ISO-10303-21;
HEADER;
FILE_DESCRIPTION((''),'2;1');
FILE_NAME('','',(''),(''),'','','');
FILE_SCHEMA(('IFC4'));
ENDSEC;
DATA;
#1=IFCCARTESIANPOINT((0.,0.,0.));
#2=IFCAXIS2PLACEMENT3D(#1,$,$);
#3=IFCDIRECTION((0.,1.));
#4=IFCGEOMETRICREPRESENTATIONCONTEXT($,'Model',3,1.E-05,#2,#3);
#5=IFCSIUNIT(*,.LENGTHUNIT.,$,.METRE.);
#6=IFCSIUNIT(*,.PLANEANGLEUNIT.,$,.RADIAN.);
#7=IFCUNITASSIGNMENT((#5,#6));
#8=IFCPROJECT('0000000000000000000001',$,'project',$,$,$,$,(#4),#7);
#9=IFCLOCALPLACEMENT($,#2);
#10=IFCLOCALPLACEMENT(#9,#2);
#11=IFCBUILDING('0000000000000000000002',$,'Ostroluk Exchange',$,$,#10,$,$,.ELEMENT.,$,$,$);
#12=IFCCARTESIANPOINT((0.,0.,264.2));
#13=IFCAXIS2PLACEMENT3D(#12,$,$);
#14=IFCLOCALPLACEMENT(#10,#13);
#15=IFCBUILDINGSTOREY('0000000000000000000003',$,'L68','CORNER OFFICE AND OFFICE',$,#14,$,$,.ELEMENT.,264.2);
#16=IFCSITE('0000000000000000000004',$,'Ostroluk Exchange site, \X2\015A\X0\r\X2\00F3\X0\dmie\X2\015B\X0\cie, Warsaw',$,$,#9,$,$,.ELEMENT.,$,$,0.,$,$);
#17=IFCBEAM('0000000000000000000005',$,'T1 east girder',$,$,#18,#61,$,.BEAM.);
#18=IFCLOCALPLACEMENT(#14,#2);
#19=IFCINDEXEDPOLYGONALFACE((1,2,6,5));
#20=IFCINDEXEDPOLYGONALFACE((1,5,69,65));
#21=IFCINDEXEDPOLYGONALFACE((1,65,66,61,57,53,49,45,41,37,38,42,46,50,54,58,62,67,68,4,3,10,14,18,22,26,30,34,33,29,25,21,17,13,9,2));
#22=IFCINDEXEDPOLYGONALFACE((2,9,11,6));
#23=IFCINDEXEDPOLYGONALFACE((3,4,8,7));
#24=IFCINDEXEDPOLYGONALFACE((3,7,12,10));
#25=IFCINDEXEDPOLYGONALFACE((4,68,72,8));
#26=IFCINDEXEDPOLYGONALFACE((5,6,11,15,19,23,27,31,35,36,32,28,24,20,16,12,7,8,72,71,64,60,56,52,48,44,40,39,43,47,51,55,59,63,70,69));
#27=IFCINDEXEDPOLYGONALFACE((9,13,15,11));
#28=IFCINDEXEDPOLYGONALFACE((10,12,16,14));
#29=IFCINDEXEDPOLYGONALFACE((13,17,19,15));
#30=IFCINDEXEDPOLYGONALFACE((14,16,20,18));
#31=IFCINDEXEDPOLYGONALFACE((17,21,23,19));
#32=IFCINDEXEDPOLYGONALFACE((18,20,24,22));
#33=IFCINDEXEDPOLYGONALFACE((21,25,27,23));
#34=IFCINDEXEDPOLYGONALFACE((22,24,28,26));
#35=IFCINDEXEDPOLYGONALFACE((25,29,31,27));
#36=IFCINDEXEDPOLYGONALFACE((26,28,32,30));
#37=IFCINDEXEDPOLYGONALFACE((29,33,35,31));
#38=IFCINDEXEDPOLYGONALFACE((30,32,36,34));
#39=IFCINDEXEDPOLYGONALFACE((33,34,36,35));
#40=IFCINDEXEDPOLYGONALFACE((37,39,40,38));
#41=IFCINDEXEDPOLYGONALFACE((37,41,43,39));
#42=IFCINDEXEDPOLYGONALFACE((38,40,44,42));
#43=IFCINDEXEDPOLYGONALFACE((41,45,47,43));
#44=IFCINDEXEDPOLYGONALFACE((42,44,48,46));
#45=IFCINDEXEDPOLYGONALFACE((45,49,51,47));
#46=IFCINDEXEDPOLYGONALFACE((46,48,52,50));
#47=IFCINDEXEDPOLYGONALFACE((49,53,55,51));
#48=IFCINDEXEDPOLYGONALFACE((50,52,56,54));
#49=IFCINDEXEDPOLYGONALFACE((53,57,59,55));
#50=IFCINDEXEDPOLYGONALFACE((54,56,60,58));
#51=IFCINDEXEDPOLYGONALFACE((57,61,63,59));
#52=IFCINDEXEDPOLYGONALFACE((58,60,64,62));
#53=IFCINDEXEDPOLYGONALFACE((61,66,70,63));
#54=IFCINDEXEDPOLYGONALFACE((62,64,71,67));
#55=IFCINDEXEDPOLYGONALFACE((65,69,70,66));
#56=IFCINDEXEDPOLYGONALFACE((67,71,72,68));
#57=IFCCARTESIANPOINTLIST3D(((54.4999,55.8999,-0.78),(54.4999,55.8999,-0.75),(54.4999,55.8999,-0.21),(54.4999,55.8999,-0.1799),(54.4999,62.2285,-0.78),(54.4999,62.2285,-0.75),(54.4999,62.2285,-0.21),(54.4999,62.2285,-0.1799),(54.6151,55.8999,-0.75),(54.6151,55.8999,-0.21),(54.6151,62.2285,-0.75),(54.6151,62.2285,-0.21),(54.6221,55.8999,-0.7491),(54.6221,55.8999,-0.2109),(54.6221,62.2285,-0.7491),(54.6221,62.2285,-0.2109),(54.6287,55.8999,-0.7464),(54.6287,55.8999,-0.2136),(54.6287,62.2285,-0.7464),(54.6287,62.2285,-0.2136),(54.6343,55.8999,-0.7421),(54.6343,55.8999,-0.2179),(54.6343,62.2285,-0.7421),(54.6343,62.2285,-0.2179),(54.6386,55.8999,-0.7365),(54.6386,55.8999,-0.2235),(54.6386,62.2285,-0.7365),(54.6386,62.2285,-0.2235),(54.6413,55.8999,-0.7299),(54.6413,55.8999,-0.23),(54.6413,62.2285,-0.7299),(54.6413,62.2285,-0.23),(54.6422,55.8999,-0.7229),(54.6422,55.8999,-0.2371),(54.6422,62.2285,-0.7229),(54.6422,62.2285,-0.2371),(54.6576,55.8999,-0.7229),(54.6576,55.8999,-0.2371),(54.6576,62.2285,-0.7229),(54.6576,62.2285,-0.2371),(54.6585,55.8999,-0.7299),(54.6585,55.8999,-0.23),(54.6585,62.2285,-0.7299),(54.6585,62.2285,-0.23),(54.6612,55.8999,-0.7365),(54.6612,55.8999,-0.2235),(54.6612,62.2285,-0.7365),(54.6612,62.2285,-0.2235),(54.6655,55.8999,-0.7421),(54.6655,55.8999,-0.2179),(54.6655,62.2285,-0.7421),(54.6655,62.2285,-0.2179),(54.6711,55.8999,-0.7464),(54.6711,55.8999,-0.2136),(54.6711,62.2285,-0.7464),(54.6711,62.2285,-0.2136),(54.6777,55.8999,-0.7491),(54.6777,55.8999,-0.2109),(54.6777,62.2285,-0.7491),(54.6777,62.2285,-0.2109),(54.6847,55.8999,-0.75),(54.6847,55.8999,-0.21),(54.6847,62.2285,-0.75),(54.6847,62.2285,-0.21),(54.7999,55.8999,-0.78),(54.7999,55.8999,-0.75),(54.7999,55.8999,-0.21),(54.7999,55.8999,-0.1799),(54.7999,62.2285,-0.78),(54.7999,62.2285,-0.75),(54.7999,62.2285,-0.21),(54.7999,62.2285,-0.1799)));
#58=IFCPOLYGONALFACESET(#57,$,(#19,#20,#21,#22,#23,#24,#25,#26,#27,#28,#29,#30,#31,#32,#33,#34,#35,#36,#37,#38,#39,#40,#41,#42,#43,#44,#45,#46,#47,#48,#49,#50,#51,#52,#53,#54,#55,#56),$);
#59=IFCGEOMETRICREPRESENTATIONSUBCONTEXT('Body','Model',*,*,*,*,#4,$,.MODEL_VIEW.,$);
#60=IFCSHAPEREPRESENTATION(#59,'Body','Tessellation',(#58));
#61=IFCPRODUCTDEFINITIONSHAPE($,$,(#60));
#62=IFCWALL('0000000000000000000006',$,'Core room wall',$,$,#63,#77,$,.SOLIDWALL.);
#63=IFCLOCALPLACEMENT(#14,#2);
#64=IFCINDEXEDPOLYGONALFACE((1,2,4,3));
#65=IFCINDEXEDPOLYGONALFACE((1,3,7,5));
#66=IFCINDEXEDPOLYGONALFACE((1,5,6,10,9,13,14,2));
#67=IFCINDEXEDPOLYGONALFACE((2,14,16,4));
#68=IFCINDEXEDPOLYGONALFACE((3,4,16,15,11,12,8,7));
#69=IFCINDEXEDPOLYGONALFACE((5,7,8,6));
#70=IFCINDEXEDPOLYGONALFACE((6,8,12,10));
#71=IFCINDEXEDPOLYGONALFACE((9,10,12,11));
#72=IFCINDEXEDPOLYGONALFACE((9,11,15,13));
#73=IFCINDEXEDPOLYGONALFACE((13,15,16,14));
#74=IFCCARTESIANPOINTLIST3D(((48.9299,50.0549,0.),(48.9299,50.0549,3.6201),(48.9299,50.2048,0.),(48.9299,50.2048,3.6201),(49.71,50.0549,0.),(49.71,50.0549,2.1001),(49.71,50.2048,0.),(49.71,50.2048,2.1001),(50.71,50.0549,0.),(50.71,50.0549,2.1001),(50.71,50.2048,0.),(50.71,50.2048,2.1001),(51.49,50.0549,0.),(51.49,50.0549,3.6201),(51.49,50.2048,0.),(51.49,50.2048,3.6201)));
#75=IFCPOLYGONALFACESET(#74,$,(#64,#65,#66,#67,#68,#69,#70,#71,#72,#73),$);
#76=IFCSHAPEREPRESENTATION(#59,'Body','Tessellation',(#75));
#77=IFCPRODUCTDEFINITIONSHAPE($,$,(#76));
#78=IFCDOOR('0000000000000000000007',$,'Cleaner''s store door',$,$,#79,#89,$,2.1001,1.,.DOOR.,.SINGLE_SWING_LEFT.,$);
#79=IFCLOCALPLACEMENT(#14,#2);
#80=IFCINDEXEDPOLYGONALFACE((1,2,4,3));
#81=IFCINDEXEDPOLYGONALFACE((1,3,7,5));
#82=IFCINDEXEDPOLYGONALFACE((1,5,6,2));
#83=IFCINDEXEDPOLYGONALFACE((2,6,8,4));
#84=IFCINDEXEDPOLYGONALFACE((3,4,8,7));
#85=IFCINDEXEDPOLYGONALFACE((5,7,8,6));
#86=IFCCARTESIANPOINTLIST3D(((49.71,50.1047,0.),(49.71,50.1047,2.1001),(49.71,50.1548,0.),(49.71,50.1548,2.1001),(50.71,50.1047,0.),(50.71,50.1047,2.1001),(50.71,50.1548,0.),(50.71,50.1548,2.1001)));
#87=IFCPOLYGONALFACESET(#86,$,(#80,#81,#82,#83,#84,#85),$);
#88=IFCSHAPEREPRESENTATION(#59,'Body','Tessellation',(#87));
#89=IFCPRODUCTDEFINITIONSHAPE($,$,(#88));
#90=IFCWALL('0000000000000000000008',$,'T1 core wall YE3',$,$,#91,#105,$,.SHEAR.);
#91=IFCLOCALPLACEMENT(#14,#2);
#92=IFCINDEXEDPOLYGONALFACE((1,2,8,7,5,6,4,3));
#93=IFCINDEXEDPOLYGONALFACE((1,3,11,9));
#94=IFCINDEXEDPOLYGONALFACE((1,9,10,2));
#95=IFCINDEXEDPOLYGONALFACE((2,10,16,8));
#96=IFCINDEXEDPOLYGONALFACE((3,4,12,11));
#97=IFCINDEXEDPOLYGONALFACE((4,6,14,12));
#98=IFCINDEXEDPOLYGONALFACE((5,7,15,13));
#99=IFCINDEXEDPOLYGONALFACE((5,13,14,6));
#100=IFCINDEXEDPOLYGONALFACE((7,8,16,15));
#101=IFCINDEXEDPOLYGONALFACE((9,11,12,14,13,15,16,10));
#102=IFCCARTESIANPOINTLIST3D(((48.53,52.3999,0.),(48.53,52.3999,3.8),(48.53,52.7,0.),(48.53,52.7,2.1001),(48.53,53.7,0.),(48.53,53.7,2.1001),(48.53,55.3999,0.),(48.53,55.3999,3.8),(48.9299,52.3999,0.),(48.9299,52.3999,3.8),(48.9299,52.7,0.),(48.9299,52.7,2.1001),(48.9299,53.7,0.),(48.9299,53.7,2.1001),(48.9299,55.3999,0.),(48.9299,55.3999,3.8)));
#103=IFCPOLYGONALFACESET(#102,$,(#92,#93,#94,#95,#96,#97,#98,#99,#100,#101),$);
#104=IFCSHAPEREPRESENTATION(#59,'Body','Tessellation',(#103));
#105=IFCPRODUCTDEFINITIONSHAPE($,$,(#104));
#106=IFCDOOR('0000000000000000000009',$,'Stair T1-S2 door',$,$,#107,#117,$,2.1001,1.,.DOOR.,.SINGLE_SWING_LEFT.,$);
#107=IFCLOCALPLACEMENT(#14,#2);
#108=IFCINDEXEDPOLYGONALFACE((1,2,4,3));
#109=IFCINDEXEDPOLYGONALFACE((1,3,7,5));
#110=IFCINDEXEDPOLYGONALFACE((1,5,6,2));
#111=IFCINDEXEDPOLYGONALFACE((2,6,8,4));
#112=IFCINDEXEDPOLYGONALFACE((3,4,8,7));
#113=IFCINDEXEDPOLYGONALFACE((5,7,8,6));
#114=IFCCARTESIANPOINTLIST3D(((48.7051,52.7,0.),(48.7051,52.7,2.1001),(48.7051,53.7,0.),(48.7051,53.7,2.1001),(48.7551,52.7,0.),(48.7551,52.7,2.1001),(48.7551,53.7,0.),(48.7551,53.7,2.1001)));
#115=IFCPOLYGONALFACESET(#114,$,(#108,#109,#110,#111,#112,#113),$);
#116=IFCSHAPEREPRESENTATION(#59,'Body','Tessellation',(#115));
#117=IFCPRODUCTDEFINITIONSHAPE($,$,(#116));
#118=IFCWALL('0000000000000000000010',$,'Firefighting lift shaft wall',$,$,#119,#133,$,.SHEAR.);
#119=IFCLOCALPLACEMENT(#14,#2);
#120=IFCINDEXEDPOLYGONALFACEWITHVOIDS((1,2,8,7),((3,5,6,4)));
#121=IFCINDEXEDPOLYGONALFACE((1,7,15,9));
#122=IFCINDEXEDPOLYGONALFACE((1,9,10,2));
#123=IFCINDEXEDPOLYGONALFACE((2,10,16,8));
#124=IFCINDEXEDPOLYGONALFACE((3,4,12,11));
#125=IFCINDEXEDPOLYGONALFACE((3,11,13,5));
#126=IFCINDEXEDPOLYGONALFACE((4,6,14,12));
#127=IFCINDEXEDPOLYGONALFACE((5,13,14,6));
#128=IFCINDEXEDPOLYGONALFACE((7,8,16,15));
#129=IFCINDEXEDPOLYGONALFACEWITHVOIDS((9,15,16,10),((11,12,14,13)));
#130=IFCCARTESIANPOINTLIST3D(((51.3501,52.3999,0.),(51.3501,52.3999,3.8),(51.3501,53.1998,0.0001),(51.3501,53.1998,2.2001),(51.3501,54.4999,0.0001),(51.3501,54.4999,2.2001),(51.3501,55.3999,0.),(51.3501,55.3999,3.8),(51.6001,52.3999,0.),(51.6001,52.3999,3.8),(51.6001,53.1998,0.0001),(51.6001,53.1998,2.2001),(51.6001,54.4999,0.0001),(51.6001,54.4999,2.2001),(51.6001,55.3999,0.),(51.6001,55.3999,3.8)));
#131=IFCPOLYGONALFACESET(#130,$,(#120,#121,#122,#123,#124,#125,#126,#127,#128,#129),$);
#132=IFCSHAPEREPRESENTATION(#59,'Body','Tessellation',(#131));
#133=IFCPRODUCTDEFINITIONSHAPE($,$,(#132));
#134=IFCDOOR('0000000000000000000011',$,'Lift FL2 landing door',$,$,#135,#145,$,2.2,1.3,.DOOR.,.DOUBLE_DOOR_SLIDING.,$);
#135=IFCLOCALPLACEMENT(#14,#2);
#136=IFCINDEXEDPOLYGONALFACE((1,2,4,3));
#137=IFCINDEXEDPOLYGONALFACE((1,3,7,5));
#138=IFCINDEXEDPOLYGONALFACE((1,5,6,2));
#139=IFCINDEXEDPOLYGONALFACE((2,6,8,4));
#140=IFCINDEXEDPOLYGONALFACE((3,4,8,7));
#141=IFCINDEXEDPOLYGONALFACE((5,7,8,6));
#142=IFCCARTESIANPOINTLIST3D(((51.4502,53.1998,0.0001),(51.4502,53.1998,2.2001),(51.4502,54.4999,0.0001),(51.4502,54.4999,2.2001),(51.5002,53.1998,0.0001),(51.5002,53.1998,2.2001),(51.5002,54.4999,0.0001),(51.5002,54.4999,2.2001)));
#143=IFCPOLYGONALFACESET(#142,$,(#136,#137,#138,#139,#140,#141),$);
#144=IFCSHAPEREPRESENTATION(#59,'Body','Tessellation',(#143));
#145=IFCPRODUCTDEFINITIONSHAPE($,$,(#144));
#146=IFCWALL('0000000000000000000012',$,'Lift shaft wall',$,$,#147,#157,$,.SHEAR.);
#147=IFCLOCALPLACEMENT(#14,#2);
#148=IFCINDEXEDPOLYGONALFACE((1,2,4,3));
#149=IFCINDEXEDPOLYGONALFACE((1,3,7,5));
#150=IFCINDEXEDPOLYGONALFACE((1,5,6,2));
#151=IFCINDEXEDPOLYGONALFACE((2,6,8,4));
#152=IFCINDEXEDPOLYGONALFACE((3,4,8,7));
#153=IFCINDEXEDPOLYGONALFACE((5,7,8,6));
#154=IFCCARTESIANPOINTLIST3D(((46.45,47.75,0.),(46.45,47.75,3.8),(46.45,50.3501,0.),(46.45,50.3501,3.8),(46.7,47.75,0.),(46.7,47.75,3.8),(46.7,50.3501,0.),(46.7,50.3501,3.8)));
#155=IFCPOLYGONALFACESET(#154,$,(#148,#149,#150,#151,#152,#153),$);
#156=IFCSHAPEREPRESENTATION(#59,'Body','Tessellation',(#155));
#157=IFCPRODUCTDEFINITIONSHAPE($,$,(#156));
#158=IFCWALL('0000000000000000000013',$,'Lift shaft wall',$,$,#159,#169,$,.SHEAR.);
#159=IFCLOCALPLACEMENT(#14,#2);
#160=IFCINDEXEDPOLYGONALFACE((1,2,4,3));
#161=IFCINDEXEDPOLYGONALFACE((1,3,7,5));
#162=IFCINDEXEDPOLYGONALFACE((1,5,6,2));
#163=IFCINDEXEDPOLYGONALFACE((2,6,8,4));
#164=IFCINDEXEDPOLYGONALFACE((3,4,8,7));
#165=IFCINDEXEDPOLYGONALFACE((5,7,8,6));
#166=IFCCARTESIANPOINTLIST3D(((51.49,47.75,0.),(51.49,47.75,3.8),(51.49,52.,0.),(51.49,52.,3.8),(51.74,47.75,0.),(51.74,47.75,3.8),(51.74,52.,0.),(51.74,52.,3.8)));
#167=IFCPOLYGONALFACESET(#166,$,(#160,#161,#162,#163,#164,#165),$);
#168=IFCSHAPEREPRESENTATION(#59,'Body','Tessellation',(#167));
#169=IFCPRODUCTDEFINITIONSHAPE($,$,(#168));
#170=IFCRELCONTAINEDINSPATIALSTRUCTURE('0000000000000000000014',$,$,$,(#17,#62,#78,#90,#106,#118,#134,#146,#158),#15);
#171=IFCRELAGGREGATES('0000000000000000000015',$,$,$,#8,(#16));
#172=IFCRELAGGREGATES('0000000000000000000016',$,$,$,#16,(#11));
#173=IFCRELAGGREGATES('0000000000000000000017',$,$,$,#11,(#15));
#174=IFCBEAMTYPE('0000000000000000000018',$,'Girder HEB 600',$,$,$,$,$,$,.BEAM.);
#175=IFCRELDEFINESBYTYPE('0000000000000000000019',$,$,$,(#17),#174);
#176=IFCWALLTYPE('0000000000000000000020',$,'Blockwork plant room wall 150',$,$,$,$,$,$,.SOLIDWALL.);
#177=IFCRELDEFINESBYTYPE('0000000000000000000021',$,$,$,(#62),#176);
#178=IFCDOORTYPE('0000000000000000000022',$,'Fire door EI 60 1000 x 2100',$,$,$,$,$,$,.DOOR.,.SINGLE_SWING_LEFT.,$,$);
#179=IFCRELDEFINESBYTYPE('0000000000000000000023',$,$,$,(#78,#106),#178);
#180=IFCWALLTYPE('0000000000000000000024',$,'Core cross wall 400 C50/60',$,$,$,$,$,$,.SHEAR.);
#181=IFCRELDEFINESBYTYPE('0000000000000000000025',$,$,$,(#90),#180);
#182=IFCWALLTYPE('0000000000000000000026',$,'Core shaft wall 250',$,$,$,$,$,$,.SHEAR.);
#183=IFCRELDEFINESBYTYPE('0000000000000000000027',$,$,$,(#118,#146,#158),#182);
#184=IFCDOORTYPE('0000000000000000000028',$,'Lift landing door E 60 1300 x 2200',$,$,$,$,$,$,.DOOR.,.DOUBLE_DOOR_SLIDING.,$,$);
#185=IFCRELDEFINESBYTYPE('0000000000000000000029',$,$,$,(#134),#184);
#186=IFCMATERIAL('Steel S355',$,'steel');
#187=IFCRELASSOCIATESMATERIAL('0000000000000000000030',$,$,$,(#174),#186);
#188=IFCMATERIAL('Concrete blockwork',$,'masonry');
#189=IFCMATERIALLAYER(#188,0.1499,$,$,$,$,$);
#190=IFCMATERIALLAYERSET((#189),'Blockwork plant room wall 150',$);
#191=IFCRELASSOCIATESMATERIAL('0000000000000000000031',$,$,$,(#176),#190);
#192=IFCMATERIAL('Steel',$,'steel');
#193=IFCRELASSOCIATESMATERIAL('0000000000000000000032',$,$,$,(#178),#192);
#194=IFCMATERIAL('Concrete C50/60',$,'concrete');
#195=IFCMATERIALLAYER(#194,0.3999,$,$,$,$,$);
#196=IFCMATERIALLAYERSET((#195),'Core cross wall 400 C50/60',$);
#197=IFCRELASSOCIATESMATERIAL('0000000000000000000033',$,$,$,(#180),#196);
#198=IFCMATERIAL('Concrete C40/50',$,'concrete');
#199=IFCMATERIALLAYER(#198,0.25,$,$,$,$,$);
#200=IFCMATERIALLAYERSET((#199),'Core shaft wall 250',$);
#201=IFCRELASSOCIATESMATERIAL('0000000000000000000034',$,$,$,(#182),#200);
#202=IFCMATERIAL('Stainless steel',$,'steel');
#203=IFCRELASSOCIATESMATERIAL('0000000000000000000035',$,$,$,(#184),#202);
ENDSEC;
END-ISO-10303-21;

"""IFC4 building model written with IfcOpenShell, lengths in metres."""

from ifc_helpers import new_model, si_unit, direction, frame, frame_2d, origin, origin_2d, place, context, subcontext, project, spatial, rectangle, i_section, extrude, material, layer, layer_set, material_profile, profile_set, type_object, element, fill, save


model = new_model("IFC4")

# Units and contexts
model_context = context("Model", 3, precision=1e-05, world=origin(), true_north=direction((0.0, 1.0)))
body_context = subcontext(model_context, "Body", "Model", "MODEL_VIEW")
ifc_project = project(units=[si_unit("LENGTHUNIT", "METRE"), si_unit("PLANEANGLEUNIT", "RADIAN")], contexts=[model_context])

# Site, building, storey
site_placement = place(None, origin())
site = spatial("IfcSite", under=ifc_project, at=site_placement, Name="Ostroluk Exchange site, Śródmieście, Warsaw", CompositionType="ELEMENT", RefElevation=0.0)
building_placement = place(site_placement, origin())
building = spatial("IfcBuilding", under=site, at=building_placement, Name="Ostroluk Exchange", CompositionType="ELEMENT")
storey_placement = place(building_placement, frame((0.0, 0.0, 264.2)))
storey = spatial("IfcBuildingStorey", under=building, at=storey_placement, Name="L68", Description="CORNER OFFICE AND OFFICE", CompositionType="ELEMENT", Elevation=264.2)

# Beam
ifc_material_1 = material(Name="Steel S355", Category="steel")
ifc_material_profile_1 = material_profile(ifc_material_1, i_section(OverallWidth=0.3, OverallDepth=0.6001, WebThickness=0.0154, FlangeThickness=0.03, FilletRadius=0.0271, at=origin_2d()), Name="HEB 600")
ifc_profile_set_1 = profile_set([ifc_material_profile_1], Name="Steel S355")
beam_type_1 = type_object("IfcBeamType", Name="Girder HEB 600", PredefinedType="BEAM", material=ifc_profile_set_1)
beam_placement = place(storey_placement, frame((54.6499, 55.8999, -0.48), z_axis=(0.0, 1.0, 0.0), x_axis=(-1.0, 0.0, 0.0)))
element("IfcBeam", 1, at=beam_placement, inside=storey, type_object=beam_type_1, Name="T1 east girder", PredefinedType="BEAM", context=body_context, shape_type="SweptSolid", body=[
    extrude(i_section(OverallWidth=0.3, OverallDepth=0.6001, WebThickness=0.0154, FlangeThickness=0.03, FilletRadius=0.0271, at=origin_2d()), origin(), (0.0, 0.0, 1.0), 6.3286),
])

# Walls, openings, doors
ifc_material_2 = material(Name="Concrete blockwork", Category="masonry")
ifc_layer_1 = layer(ifc_material_2, 0.1499)
ifc_layer_set_1 = layer_set([ifc_layer_1], Name="Blockwork plant room wall 150")
wall_type_1 = type_object("IfcWallType", Name="Blockwork plant room wall 150", PredefinedType="SOLIDWALL", material=ifc_layer_set_1)
wall_1_placement = place(storey_placement, frame((48.9299, 50.1299, 0.0), z_axis=(0.0, 0.0, 1.0), x_axis=(1.0, 0.0, 0.0)))
wall_1 = element("IfcWall", 2, at=wall_1_placement, inside=storey, type_object=wall_type_1, Name="Core room wall", PredefinedType="SOLIDWALL", context=body_context, shape_type="SweptSolid", body=[
    extrude(rectangle(XDim=2.5601, YDim=0.1499, at=frame_2d((1.28, 0.0))), origin(), (0.0, 0.0, 1.0), 3.6201),
])
opening_1_placement = place(wall_1_placement, frame((0.78, 0.0, 0.0)))
opening_1 = element("IfcOpeningElement", 3, at=opening_1_placement, cuts=wall_1, PredefinedType="OPENING", context=body_context, shape_type="SweptSolid", body=[
    extrude(rectangle(XDim=1.0, YDim=2.1001, at=frame_2d((0.5, 1.05))), frame((0.0, 0.085, 0.0), z_axis=(0.0, -1.0, 0.0), x_axis=(1.0, 0.0, 0.0)), (0.0, 0.0, 1.0), 0.1699),
])
ifc_material_3 = material(Name="Steel", Category="steel")
door_type_1 = type_object("IfcDoorType", Name="Fire door EI 60 1000 x 2100", OperationType="SINGLE_SWING_LEFT", PredefinedType="DOOR", material=ifc_material_3)
door_1_placement = place(opening_1_placement, origin())
door_1 = element("IfcDoor", 4, at=door_1_placement, inside=storey, type_object=door_type_1, Name="Cleaner's store door", OperationType="SINGLE_SWING_LEFT", OverallHeight=2.1001, OverallWidth=1.0, PredefinedType="DOOR", context=body_context, shape_type="SweptSolid", body=[
    extrude(rectangle(XDim=1.0, YDim=2.1001, at=frame_2d((0.5, 1.05))), frame((0.0, 0.0249, 0.0), z_axis=(0.0, -1.0, 0.0), x_axis=(1.0, 0.0, 0.0)), (0.0, 0.0, 1.0), 0.05),
])
fill(opening_1, door_1)
ifc_material_4 = material(Name="Concrete C50/60", Category="concrete")
ifc_layer_2 = layer(ifc_material_4, 0.3999)
ifc_layer_set_2 = layer_set([ifc_layer_2], Name="Core cross wall 400 C50/60")
wall_type_2 = type_object("IfcWallType", Name="Core cross wall 400 C50/60", PredefinedType="SHEAR", material=ifc_layer_set_2)
wall_2_placement = place(storey_placement, frame((48.73, 52.3999, 0.0), z_axis=(0.0, 0.0, 1.0), x_axis=(0.0, 1.0, 0.0)))
wall_2 = element("IfcWall", 5, at=wall_2_placement, inside=storey, type_object=wall_type_2, Name="T1 core wall YE3", PredefinedType="SHEAR", context=body_context, shape_type="SweptSolid", body=[
    extrude(rectangle(XDim=3.0, YDim=0.3999, at=frame_2d((1.5, 0.0))), origin(), (0.0, 0.0, 1.0), 3.8),
])
opening_2_placement = place(wall_2_placement, frame((0.3, 0.0, 0.0)))
opening_2 = element("IfcOpeningElement", 6, at=opening_2_placement, cuts=wall_2, PredefinedType="OPENING", context=body_context, shape_type="SweptSolid", body=[
    extrude(rectangle(XDim=1.0, YDim=2.1001, at=frame_2d((0.5, 1.05))), frame((0.0, 0.21, 0.0), z_axis=(0.0, -1.0, 0.0), x_axis=(1.0, 0.0, 0.0)), (0.0, 0.0, 1.0), 0.4199),
])
door_2_placement = place(opening_2_placement, origin())
door_2 = element("IfcDoor", 7, at=door_2_placement, inside=storey, type_object=door_type_1, Name="Stair T1-S2 door", OperationType="SINGLE_SWING_LEFT", OverallHeight=2.1001, OverallWidth=1.0, PredefinedType="DOOR", context=body_context, shape_type="SweptSolid", body=[
    extrude(rectangle(XDim=1.0, YDim=2.1001, at=frame_2d((0.5, 1.05))), frame((0.0, 0.0249, 0.0), z_axis=(0.0, -1.0, 0.0), x_axis=(1.0, 0.0, 0.0)), (0.0, 0.0, 1.0), 0.05),
])
fill(opening_2, door_2)
ifc_material_5 = material(Name="Concrete C40/50", Category="concrete")
ifc_layer_3 = layer(ifc_material_5, 0.25)
ifc_layer_set_3 = layer_set([ifc_layer_3], Name="Core shaft wall 250")
wall_type_3 = type_object("IfcWallType", Name="Core shaft wall 250", PredefinedType="SHEAR", material=ifc_layer_set_3)
wall_3_placement = place(storey_placement, frame((51.4751, 52.3999, 0.0), z_axis=(0.0, 0.0, 1.0), x_axis=(0.0, 1.0, 0.0)))
wall_3 = element("IfcWall", 8, at=wall_3_placement, inside=storey, type_object=wall_type_3, Name="Firefighting lift shaft wall", PredefinedType="SHEAR", context=body_context, shape_type="SweptSolid", body=[
    extrude(rectangle(XDim=3.0, YDim=0.25, at=frame_2d((1.5, 0.0))), origin(), (0.0, 0.0, 1.0), 3.8),
])
opening_3_placement = place(wall_3_placement, frame((0.8, 0.0, 0.0)))
opening_3 = element("IfcOpeningElement", 9, at=opening_3_placement, cuts=wall_3, PredefinedType="OPENING", context=body_context, shape_type="SweptSolid", body=[
    extrude(rectangle(XDim=1.3, YDim=2.2, at=frame_2d((0.6499, 1.1001))), frame((0.0, 0.135, 0.0), z_axis=(0.0, -1.0, 0.0), x_axis=(1.0, 0.0, 0.0)), (0.0, 0.0, 1.0), 0.27),
])
ifc_material_6 = material(Name="Stainless steel", Category="steel")
door_type_2 = type_object("IfcDoorType", Name="Lift landing door E 60 1300 x 2200", OperationType="DOUBLE_DOOR_SLIDING", PredefinedType="DOOR", material=ifc_material_6)
door_3_placement = place(opening_3_placement, origin())
door_3 = element("IfcDoor", 10, at=door_3_placement, inside=storey, type_object=door_type_2, Name="Lift FL2 landing door", OperationType="DOUBLE_DOOR_SLIDING", OverallHeight=2.2, OverallWidth=1.3, PredefinedType="DOOR", context=body_context, shape_type="SweptSolid", body=[
    extrude(rectangle(XDim=1.3, YDim=2.2, at=frame_2d((0.6499, 1.1001))), frame((0.0, 0.0249, 0.0), z_axis=(0.0, -1.0, 0.0), x_axis=(1.0, 0.0, 0.0)), (0.0, 0.0, 1.0), 0.05),
])
fill(opening_3, door_3)

# Walls
wall_4_placement = place(storey_placement, frame((46.575, 47.75, 0.0), z_axis=(0.0, 0.0, 1.0), x_axis=(0.0, 1.0, 0.0)))
element("IfcWall", 11, at=wall_4_placement, inside=storey, type_object=wall_type_3, Name="Lift shaft wall", PredefinedType="SHEAR", context=body_context, shape_type="SweptSolid", body=[
    extrude(rectangle(XDim=2.6001, YDim=0.25, at=frame_2d((1.3, 0.0))), origin(), (0.0, 0.0, 1.0), 3.8),
])
wall_5_placement = place(storey_placement, frame((51.615, 47.75, 0.0), z_axis=(0.0, 0.0, 1.0), x_axis=(0.0, 1.0, 0.0)))
element("IfcWall", 12, at=wall_5_placement, inside=storey, type_object=wall_type_3, Name="Lift shaft wall", PredefinedType="SHEAR", context=body_context, shape_type="SweptSolid", body=[
    extrude(rectangle(XDim=4.25, YDim=0.25, at=frame_2d((2.125, 0.0))), origin(), (0.0, 0.0, 1.0), 3.8),
])

save(model, "model.ifc")
